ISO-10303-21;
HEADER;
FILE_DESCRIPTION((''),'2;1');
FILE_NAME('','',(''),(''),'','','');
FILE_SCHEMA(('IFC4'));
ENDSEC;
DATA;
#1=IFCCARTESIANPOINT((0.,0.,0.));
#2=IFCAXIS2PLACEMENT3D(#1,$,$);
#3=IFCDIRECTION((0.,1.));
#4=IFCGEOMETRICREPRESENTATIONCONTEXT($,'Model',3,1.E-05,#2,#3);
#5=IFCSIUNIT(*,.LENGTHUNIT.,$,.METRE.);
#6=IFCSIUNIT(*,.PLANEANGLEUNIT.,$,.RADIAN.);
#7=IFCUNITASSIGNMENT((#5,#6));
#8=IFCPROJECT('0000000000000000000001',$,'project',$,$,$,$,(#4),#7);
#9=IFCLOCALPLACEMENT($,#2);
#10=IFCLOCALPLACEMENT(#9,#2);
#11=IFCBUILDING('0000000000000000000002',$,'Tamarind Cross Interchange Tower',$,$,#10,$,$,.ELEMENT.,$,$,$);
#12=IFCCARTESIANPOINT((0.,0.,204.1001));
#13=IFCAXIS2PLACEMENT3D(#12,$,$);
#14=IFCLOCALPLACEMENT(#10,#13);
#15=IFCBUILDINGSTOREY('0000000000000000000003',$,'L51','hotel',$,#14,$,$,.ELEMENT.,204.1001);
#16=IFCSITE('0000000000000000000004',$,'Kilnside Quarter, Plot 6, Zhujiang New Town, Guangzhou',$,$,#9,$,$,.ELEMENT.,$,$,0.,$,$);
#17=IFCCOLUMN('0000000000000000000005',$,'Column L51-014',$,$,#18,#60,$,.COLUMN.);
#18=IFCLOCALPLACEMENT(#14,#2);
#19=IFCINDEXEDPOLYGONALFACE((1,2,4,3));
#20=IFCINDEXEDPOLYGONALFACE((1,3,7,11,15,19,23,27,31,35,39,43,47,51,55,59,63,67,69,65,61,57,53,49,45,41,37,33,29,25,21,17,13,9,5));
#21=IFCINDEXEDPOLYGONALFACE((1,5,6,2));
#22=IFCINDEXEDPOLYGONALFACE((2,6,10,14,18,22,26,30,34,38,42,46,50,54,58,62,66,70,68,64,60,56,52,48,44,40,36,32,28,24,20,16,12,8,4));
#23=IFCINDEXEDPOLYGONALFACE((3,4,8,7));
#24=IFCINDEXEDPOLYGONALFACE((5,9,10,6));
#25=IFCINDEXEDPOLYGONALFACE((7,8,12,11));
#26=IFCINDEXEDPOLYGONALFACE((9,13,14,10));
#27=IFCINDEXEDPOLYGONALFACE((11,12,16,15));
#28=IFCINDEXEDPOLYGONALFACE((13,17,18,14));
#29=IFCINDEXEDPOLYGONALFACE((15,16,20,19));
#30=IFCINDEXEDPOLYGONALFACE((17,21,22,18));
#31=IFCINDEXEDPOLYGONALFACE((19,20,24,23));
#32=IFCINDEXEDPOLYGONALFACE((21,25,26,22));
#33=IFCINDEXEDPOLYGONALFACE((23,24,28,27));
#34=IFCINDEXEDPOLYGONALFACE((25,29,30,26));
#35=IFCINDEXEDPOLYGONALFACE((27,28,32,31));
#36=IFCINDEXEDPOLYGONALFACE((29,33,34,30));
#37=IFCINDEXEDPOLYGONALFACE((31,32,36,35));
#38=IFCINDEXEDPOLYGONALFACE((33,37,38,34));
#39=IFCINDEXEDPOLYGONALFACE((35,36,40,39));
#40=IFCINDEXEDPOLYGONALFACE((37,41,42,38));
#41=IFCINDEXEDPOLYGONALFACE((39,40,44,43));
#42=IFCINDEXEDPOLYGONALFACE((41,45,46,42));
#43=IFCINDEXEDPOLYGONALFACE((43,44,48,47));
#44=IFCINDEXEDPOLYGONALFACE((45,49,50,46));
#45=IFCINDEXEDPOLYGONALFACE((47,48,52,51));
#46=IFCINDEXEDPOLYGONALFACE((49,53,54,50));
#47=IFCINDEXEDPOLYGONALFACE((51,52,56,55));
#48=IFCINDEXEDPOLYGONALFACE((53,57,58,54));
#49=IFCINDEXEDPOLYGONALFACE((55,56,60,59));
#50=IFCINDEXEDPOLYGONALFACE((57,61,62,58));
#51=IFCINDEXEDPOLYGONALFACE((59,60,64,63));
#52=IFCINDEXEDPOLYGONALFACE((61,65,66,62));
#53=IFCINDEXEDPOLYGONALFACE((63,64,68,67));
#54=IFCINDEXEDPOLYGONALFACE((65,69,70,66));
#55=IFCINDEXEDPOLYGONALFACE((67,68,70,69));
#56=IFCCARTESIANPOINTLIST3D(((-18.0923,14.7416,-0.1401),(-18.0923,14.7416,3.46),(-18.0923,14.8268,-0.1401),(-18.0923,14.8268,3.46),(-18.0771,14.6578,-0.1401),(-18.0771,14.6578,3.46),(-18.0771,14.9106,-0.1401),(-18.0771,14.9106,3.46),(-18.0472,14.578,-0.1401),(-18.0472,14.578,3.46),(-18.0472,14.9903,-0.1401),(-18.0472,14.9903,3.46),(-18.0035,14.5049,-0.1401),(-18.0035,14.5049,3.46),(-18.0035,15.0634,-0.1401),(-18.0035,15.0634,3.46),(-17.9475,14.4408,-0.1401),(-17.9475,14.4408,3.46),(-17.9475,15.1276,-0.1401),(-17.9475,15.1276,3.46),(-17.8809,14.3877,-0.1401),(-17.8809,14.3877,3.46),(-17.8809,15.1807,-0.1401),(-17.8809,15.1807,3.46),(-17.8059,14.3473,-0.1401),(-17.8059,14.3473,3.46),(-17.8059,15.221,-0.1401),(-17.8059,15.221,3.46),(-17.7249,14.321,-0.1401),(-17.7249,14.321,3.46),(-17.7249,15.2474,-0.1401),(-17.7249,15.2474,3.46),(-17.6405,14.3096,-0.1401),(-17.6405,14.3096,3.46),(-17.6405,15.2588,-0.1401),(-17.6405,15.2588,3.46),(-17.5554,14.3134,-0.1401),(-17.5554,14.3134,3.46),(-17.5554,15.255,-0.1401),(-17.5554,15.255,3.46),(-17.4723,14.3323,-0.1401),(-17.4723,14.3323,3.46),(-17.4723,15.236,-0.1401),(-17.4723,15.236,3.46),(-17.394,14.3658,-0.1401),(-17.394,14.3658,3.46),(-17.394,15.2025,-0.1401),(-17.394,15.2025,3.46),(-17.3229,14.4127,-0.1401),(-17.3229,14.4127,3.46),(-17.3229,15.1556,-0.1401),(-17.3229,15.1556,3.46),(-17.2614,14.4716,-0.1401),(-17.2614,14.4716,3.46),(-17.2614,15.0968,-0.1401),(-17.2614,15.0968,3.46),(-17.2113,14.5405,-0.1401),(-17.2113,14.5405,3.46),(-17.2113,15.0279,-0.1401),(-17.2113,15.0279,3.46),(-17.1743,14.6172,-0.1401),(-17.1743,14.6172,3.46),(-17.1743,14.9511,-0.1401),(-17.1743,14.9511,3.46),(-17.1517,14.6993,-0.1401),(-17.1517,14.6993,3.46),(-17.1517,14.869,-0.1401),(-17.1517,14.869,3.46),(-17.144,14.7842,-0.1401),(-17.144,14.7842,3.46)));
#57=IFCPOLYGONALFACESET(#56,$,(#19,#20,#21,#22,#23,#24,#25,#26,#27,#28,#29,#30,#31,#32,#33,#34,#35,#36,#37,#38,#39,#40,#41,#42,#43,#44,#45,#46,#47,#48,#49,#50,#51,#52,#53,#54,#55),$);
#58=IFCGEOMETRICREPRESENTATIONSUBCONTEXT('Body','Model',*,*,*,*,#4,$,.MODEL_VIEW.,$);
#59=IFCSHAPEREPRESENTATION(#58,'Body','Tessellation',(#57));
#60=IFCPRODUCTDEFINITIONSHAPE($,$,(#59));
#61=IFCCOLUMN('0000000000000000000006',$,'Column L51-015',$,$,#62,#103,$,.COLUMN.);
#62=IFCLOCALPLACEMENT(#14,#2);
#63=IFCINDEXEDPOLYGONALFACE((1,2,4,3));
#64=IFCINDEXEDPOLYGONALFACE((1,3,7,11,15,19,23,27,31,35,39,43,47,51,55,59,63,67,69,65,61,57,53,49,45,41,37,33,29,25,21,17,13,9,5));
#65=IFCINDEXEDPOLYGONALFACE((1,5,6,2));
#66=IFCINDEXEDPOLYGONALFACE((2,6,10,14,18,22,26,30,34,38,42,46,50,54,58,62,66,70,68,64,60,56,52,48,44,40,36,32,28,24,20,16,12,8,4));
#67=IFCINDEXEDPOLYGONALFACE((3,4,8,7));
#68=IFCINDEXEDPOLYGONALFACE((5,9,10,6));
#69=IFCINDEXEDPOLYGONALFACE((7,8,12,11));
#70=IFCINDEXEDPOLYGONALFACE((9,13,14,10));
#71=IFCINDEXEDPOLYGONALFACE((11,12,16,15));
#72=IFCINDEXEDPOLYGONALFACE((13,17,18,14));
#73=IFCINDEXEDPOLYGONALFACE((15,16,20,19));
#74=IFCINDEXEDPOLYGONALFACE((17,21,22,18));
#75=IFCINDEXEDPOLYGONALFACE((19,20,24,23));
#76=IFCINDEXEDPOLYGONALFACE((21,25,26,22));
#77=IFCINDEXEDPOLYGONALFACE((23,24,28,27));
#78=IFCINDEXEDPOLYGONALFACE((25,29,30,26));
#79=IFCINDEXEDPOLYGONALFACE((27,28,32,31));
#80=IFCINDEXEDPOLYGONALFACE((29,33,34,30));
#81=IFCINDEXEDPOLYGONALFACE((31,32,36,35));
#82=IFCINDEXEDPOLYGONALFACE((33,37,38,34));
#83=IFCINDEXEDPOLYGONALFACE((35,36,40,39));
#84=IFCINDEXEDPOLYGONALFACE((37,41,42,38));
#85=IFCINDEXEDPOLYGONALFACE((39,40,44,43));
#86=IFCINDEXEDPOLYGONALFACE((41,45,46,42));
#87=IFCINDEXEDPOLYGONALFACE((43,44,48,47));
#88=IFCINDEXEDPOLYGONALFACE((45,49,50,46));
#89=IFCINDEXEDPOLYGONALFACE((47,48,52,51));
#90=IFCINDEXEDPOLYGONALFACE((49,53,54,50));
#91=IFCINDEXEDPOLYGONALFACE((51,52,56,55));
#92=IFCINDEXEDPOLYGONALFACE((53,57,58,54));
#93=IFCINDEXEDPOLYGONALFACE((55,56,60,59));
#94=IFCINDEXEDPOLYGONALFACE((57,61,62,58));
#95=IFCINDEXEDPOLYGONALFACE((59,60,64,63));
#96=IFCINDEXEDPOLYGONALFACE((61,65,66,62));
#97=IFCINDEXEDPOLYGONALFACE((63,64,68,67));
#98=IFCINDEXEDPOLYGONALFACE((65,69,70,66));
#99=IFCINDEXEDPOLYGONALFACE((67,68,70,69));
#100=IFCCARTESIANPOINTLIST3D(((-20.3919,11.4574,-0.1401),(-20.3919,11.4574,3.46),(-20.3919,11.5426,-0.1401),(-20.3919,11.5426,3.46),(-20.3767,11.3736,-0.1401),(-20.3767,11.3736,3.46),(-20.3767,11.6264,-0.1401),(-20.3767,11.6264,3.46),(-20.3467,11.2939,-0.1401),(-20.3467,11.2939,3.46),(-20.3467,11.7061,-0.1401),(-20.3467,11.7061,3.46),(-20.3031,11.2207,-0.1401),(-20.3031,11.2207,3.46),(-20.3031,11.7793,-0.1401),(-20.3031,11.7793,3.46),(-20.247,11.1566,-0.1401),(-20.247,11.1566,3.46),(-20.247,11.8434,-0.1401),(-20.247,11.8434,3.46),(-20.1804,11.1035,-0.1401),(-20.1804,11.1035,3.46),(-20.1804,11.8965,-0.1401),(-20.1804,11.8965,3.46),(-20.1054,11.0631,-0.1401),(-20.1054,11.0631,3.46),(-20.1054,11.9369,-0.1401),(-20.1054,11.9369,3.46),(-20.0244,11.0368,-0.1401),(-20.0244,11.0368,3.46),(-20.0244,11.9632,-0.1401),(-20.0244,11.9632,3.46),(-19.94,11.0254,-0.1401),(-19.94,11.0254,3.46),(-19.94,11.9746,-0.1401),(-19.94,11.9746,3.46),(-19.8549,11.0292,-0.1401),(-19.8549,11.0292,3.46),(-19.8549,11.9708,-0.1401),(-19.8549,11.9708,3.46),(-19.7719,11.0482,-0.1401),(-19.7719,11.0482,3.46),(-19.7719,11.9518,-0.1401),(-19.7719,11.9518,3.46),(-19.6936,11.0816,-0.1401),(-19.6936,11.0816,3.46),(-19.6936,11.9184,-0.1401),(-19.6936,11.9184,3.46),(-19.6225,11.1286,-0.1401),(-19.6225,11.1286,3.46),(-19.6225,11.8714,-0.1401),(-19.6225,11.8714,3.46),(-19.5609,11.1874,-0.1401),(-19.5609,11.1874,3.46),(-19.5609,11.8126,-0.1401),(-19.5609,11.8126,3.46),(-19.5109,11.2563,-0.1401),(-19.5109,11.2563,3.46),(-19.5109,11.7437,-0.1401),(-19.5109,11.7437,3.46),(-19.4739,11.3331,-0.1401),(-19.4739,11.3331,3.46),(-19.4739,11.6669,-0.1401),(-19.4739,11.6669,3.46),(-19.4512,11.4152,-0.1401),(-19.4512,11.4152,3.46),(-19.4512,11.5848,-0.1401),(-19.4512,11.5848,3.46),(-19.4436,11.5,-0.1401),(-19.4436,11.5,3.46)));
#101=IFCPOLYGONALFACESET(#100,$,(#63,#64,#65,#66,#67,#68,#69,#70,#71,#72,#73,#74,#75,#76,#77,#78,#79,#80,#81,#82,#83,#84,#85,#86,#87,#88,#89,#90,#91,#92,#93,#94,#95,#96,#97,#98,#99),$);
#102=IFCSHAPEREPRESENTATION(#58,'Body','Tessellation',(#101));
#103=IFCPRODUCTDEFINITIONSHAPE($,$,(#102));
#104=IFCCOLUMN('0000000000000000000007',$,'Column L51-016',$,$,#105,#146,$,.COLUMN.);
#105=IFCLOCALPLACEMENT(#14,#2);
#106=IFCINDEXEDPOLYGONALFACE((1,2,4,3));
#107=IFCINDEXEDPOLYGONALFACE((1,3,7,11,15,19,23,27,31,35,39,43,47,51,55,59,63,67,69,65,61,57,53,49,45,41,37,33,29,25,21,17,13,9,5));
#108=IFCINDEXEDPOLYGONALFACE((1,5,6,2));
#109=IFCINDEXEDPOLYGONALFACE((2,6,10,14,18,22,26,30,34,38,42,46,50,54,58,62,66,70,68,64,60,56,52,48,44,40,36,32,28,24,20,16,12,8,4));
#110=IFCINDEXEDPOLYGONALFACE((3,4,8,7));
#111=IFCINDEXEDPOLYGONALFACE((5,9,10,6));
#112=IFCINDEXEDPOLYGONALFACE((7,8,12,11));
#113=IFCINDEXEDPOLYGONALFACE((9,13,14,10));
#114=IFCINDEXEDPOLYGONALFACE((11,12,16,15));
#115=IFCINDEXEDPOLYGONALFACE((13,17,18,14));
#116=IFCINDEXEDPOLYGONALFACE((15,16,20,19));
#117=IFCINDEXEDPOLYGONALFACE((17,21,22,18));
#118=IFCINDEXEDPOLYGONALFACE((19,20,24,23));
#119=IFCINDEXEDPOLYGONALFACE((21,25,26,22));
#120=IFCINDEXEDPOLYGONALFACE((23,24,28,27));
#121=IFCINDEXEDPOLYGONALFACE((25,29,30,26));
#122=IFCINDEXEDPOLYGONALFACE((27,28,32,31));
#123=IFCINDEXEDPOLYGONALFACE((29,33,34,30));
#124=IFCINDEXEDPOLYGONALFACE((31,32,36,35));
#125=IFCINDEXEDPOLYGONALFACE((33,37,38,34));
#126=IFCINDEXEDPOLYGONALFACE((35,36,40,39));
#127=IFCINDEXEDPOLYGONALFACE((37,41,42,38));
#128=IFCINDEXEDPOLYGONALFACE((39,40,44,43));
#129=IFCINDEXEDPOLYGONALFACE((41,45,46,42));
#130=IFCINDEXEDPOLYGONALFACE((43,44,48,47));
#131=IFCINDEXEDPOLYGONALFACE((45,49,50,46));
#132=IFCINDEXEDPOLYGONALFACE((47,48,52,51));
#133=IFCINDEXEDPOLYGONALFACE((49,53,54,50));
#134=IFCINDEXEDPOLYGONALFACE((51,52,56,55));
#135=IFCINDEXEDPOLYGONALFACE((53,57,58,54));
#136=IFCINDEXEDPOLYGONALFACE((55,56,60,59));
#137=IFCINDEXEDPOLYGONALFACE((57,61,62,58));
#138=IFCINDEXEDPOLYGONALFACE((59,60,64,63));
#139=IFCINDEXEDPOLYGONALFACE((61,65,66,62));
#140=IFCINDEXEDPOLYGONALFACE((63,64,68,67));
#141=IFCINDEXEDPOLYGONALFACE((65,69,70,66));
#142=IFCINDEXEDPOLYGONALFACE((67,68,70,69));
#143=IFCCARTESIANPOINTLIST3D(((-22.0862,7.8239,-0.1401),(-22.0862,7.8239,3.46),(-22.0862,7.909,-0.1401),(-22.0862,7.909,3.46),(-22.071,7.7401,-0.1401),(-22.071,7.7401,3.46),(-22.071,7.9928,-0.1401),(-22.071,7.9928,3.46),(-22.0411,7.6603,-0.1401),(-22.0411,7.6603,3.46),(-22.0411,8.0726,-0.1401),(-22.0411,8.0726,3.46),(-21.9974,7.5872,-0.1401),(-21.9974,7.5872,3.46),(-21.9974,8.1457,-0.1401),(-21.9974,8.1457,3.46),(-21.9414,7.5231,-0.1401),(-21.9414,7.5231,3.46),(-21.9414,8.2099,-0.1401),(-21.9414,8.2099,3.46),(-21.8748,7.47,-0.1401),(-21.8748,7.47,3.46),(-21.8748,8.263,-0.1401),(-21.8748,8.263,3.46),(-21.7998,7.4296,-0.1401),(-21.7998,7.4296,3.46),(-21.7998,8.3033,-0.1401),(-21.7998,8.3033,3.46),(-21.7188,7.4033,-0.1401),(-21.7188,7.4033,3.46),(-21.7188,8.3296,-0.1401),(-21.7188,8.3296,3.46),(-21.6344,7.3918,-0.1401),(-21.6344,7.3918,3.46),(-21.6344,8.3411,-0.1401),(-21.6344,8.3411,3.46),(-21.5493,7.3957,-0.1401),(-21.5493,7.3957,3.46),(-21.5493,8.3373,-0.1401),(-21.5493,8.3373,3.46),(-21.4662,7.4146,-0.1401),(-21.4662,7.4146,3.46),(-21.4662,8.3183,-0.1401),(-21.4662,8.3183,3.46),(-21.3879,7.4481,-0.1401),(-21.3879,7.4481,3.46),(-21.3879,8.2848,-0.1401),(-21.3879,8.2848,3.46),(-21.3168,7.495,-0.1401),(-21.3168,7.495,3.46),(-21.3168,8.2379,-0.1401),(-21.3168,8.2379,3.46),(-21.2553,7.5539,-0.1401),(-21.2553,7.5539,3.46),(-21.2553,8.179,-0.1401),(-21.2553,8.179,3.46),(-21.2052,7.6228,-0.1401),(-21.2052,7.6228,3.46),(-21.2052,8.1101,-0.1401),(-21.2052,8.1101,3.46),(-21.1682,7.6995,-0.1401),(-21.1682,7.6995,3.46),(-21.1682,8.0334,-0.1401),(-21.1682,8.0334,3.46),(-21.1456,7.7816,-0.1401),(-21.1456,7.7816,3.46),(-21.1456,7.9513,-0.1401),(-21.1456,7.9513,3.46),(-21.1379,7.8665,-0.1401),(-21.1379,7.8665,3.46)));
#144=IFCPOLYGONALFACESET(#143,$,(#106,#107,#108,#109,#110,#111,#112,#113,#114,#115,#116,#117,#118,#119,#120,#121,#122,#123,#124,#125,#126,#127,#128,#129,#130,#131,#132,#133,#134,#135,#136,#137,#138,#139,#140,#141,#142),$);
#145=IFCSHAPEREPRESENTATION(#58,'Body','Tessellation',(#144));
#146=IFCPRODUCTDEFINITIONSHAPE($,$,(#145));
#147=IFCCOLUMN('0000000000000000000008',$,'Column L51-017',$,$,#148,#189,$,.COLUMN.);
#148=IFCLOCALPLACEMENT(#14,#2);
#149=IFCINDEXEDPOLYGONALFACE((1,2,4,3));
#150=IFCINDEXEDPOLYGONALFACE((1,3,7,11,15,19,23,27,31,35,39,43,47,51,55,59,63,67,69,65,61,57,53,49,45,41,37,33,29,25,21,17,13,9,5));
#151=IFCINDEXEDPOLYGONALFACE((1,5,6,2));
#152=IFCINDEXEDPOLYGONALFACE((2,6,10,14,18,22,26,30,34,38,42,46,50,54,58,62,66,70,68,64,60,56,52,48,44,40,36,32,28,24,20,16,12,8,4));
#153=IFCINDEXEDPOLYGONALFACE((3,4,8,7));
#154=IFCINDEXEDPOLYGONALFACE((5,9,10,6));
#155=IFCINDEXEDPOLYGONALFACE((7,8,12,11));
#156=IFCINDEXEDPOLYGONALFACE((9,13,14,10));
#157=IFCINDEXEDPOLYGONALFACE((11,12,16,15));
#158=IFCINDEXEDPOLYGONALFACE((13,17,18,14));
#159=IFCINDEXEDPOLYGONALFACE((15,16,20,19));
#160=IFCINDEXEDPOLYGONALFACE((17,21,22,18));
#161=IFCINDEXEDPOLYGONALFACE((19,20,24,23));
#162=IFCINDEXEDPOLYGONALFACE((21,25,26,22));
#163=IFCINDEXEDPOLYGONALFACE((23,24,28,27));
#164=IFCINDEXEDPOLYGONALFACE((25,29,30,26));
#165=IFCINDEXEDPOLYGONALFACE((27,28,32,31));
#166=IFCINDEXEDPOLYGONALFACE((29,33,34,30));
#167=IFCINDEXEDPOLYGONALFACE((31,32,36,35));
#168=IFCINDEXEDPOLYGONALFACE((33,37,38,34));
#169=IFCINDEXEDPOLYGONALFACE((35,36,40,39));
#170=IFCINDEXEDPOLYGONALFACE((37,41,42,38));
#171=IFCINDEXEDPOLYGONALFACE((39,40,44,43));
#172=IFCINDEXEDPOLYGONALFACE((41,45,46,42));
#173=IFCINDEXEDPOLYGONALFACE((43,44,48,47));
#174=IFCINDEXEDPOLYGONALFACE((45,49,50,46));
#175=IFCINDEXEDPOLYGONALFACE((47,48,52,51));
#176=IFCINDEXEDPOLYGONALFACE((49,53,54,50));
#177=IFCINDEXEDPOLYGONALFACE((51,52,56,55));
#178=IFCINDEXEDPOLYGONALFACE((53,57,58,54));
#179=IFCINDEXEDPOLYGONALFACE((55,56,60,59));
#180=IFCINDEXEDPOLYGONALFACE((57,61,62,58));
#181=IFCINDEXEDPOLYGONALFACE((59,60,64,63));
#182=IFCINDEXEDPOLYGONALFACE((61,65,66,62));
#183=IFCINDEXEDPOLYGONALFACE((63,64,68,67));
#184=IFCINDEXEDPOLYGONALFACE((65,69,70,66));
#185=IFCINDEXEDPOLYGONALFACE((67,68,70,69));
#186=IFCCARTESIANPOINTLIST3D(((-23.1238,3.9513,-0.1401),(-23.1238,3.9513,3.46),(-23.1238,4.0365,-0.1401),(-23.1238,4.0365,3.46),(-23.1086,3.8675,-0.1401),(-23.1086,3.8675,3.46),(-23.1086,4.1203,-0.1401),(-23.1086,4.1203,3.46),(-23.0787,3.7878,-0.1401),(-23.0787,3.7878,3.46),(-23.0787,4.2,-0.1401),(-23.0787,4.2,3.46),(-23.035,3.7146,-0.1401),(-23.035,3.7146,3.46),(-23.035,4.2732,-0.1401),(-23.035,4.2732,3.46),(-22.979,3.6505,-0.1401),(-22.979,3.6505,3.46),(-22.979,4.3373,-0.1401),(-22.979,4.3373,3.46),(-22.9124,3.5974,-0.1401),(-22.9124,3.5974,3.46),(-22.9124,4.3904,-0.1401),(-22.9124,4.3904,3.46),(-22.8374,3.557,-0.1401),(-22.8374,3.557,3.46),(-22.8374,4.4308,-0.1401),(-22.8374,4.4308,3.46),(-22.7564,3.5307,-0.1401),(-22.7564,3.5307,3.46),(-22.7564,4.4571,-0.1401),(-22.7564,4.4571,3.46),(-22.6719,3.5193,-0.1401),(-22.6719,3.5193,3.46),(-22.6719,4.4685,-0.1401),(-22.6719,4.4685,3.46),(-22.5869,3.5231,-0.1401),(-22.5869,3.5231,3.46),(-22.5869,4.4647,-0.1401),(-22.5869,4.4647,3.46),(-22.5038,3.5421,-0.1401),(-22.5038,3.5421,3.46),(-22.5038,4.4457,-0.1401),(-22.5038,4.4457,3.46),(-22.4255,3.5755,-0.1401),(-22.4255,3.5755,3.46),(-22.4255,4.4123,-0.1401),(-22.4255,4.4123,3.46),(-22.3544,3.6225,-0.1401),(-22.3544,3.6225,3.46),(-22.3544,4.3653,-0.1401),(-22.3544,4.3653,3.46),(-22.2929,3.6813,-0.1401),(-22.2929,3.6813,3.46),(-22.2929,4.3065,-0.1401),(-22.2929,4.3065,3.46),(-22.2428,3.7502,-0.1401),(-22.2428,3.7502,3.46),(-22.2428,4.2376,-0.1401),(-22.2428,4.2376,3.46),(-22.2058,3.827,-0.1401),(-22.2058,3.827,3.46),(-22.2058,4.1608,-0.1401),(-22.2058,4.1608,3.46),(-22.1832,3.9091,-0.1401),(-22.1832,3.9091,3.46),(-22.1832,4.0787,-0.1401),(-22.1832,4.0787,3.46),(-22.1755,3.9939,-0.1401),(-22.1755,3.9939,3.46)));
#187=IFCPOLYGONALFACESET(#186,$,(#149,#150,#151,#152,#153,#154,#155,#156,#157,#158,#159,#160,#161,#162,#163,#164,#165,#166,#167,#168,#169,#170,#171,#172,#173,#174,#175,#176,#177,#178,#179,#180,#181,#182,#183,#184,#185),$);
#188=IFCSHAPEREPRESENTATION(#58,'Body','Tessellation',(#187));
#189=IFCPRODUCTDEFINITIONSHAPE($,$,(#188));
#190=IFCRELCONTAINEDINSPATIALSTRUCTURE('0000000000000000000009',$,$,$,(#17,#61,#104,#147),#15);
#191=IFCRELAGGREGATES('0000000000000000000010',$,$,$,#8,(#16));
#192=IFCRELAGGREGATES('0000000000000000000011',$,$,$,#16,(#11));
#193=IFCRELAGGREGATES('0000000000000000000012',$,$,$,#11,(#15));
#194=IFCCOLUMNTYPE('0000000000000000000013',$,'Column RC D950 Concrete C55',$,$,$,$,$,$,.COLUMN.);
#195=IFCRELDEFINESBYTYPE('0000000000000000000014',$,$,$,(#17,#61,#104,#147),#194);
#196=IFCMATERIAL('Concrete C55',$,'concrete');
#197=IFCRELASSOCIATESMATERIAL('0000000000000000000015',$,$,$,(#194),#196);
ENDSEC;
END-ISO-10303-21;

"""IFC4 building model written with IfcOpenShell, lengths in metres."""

from ifc_helpers import new_model, si_unit, direction, frame, origin, origin_2d, place, context, subcontext, project, spatial, circle, extrude, material, material_profile, profile_set, type_object, element, save


model = new_model("IFC4")

# Units and contexts
model_context = context("Model", 3, precision=1e-05, world=origin(), true_north=direction((0.0, 1.0)))
body_context = subcontext(model_context, "Body", "Model", "MODEL_VIEW")
ifc_project = project(units=[si_unit("LENGTHUNIT", "METRE"), si_unit("PLANEANGLEUNIT", "RADIAN")], contexts=[model_context])

# Site, building, storey
site_placement = place(None, origin())
site = spatial("IfcSite", under=ifc_project, at=site_placement, Name="Kilnside Quarter, Plot 6, Zhujiang New Town, Guangzhou", CompositionType="ELEMENT", RefElevation=0.0)
building_placement = place(site_placement, origin())
building = spatial("IfcBuilding", under=site, at=building_placement, Name="Tamarind Cross Interchange Tower", CompositionType="ELEMENT")
storey_placement = place(building_placement, frame((0.0, 0.0, 204.1001)))
storey = spatial("IfcBuildingStorey", under=building, at=storey_placement, Name="L51", Description="hotel", CompositionType="ELEMENT", Elevation=204.1001)

# Columns
ifc_material_1 = material(Name="Concrete C55", Category="concrete")
ifc_material_profile_1 = material_profile(ifc_material_1, circle(Radius=0.4751, at=origin_2d()), Name="RC D950")
ifc_profile_set_1 = profile_set([ifc_material_profile_1], Name="Concrete C55")
column_type = type_object("IfcColumnType", Name="Column RC D950 Concrete C55", PredefinedType="COLUMN", material=ifc_profile_set_1)
for number, where, z_axis, x_axis, name in (
    (1, (-17.6191, 14.7842, -0.1401), (0.0, 0.0, 1.0), (1.0, 0.0, 0.0), "Column L51-014"),
    (2, (-19.9187, 11.5, -0.1401), (0.0, 0.0, 1.0), (1.0, 0.0, 0.0), "Column L51-015"),
    (3, (-21.613, 7.8665, -0.1401), (0.0, 0.0, 1.0), (1.0, 0.0, 0.0), "Column L51-016"),
    (4, (-22.6506, 3.9939, -0.1401), (0.0, 0.0, 1.0), (1.0, 0.0, 0.0), "Column L51-017"),
):
    element("IfcColumn", number, at=place(storey_placement, frame(where, z_axis=z_axis, x_axis=x_axis)), inside=storey, type_object=column_type, Name=name, PredefinedType="COLUMN", context=body_context, shape_type="SweptSolid", body=[
        extrude(circle(Radius=0.4751, at=origin_2d()), origin(), (0.0, 0.0, 1.0), 3.6001),
    ])

save(model, "model.ifc")
